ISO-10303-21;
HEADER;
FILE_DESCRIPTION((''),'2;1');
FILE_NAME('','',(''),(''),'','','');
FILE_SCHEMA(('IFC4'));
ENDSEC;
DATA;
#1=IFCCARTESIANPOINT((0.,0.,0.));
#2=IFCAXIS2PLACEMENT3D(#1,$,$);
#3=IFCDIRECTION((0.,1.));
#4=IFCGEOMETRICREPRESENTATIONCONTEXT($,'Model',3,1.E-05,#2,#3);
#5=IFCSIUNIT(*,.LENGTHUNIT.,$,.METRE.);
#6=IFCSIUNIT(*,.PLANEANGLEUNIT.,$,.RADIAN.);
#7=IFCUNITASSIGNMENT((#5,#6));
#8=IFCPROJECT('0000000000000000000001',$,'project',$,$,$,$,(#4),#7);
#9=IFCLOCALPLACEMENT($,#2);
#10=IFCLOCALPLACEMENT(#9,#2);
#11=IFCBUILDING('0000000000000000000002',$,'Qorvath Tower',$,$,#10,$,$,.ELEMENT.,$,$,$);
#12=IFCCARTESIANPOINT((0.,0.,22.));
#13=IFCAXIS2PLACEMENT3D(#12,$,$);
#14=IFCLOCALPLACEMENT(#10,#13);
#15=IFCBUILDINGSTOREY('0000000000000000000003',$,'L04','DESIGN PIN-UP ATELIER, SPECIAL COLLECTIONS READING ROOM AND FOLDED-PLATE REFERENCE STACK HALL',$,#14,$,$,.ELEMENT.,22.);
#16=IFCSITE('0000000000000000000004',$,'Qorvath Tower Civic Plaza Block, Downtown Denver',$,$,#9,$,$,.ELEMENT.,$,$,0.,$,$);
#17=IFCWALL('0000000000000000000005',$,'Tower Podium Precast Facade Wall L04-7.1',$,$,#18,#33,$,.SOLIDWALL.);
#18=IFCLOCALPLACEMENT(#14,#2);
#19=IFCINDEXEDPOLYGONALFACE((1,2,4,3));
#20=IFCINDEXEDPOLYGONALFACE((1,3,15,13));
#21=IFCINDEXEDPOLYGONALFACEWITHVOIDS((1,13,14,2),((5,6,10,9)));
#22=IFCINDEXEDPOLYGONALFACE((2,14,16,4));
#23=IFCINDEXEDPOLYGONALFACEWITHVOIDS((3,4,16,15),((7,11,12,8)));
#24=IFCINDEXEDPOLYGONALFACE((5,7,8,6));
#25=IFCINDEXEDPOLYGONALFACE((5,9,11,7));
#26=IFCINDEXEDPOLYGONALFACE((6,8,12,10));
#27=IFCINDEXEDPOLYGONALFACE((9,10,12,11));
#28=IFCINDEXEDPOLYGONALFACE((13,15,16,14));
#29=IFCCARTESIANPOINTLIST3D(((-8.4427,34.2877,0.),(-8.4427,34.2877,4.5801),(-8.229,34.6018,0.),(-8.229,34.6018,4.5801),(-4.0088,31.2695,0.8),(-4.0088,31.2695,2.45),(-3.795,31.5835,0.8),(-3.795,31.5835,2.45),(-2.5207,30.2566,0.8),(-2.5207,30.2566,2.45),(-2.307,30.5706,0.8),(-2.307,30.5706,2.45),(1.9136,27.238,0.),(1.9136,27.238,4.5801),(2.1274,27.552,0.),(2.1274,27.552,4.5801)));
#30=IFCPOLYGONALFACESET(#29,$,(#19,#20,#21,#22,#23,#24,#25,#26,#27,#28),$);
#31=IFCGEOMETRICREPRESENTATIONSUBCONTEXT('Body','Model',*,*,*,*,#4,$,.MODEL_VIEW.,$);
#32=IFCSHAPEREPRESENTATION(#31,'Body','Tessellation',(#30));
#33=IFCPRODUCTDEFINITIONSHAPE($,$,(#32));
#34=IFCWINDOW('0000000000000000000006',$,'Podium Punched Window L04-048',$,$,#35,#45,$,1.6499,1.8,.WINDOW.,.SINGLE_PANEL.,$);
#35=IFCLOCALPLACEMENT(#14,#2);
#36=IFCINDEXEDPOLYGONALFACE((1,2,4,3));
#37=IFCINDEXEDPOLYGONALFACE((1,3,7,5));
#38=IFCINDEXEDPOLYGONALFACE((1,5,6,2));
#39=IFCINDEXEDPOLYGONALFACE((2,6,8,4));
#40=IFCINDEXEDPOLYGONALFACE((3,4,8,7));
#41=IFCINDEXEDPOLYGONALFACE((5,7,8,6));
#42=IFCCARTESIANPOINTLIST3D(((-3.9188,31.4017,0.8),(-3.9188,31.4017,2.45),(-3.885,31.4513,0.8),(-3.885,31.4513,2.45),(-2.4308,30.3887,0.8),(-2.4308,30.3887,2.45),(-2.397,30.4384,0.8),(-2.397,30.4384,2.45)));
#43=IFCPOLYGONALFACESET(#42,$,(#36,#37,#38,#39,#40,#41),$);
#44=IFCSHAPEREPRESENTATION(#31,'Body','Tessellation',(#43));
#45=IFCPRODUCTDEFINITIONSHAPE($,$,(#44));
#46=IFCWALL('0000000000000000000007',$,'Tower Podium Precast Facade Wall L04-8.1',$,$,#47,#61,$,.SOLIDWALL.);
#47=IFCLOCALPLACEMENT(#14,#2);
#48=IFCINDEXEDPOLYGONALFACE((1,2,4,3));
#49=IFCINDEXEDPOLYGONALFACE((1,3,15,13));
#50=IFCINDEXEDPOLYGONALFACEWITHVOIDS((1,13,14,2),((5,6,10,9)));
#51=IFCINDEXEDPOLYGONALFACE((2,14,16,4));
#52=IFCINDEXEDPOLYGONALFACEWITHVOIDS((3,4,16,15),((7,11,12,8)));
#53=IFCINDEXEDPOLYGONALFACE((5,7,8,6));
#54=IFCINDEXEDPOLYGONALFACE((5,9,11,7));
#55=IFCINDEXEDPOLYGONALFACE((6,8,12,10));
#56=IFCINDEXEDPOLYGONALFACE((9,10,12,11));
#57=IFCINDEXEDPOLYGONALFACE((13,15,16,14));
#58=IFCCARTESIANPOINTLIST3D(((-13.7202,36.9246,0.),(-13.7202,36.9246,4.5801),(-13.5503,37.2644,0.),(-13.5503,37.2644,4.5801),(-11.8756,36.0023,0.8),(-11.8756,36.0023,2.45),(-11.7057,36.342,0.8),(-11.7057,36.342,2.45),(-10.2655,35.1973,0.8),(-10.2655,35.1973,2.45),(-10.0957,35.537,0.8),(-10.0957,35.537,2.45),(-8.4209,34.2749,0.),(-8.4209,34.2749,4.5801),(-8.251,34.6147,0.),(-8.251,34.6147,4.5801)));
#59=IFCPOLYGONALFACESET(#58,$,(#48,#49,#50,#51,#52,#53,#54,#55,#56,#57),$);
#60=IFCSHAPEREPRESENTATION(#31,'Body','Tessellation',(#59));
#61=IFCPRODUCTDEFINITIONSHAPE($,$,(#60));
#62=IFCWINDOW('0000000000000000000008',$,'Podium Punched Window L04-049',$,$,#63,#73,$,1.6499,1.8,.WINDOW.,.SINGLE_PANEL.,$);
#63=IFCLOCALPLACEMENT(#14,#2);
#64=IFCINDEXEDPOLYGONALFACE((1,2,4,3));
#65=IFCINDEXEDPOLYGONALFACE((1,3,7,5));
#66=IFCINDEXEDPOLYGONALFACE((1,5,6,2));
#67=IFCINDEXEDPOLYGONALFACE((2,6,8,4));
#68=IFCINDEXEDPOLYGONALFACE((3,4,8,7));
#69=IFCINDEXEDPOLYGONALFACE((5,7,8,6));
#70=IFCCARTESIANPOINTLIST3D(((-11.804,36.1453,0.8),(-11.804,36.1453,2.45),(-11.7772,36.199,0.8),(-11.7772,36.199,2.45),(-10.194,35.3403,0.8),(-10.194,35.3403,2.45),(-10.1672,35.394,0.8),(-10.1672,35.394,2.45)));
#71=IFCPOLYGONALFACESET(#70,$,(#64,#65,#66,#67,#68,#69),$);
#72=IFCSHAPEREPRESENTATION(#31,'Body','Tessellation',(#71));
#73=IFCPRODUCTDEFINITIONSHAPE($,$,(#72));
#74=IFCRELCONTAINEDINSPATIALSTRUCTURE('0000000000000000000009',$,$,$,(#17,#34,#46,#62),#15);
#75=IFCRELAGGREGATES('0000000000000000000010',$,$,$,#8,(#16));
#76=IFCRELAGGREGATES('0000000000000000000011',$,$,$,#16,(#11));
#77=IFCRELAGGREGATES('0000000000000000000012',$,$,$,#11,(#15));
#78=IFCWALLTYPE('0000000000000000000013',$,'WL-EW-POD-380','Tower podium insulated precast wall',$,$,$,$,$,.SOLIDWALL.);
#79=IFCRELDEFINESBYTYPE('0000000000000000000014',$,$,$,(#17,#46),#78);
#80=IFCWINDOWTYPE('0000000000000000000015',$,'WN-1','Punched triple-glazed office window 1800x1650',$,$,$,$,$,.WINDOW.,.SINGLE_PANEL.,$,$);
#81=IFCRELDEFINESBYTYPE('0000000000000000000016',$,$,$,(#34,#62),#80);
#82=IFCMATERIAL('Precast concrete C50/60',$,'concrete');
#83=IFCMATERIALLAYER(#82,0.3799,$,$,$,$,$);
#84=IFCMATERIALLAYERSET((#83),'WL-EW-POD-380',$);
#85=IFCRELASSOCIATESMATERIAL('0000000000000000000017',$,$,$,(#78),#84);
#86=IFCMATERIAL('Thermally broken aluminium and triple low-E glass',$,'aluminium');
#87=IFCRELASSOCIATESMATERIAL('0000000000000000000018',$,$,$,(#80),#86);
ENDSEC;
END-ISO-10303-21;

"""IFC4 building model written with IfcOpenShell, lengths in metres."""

from ifc_helpers import new_model, si_unit, direction, frame, frame_2d, origin, place, context, subcontext, project, spatial, rectangle, extrude, material, layer, layer_set, type_object, element, fill, save


model = new_model("IFC4")

# Units and contexts
model_context = context("Model", 3, precision=1e-05, world=origin(), true_north=direction((0.0, 1.0)))
body_context = subcontext(model_context, "Body", "Model", "MODEL_VIEW")
ifc_project = project(units=[si_unit("LENGTHUNIT", "METRE"), si_unit("PLANEANGLEUNIT", "RADIAN")], contexts=[model_context])

# Site, building, storey
site_placement = place(None, origin())
site = spatial("IfcSite", under=ifc_project, at=site_placement, Name="Qorvath Tower Civic Plaza Block, Downtown Denver", CompositionType="ELEMENT", RefElevation=0.0)
building_placement = place(site_placement, origin())
building = spatial("IfcBuilding", under=site, at=building_placement, Name="Qorvath Tower", CompositionType="ELEMENT")
storey_placement = place(building_placement, frame((0.0, 0.0, 22.0)))
storey = spatial("IfcBuildingStorey", under=building, at=storey_placement, Name="L04", Description="DESIGN PIN-UP ATELIER, SPECIAL COLLECTIONS READING ROOM AND FOLDED-PLATE REFERENCE STACK HALL", CompositionType="ELEMENT", Elevation=22.0)

# Shared definitions
ifc_material_1 = material(Name="Precast concrete C50/60", Category="concrete")
ifc_layer_1 = layer(ifc_material_1, 0.3799)
ifc_layer_set_1 = layer_set([ifc_layer_1], Name="WL-EW-POD-380")
wall_type_1 = type_object("IfcWallType", Name="WL-EW-POD-380", Description="Tower podium insulated precast wall", PredefinedType="SOLIDWALL", material=ifc_layer_set_1)
ifc_material_2 = material(Name="Thermally broken aluminium and triple low-E glass", Category="aluminium")
window_type = type_object("IfcWindowType", Name="WN-1", Description="Punched triple-glazed office window 1800x1650", PartitioningType="SINGLE_PANEL", PredefinedType="WINDOW", material=ifc_material_2)

# Walls, openings, windows
wall_1_placement = place(storey_placement, frame((-8.3359, 34.4448, 0.0), z_axis=(0.0, 0.0, 1.0), x_axis=(0.826651, -0.562715, 0.0)))
wall_1 = element("IfcWall", 1, at=wall_1_placement, inside=storey, type_object=wall_type_1, Name="Tower Podium Precast Facade Wall L04-7.1", PredefinedType="SOLIDWALL", context=body_context, shape_type="SweptSolid", body=[
    extrude(rectangle(XDim=12.5281, YDim=0.3799, at=frame_2d((6.2642, 0.0))), origin(), (0.0, 0.0, 1.0), 4.5801),
])
opening_1_placement = place(wall_1_placement, frame((5.364, 0.0, 0.8)))
opening_1 = element("IfcOpeningElement", 2, at=opening_1_placement, cuts=wall_1, PredefinedType="OPENING", context=body_context, shape_type="SweptSolid", body=[
    extrude(rectangle(XDim=1.8, YDim=1.6499, at=frame_2d((0.8999, 0.825))), frame((0.0, 0.2, 0.0), z_axis=(0.0, -1.0, 0.0), x_axis=(1.0, 0.0, 0.0)), (0.0, 0.0, 1.0), 0.3999),
])
window_1_placement = place(opening_1_placement, origin())
window_1 = element("IfcWindow", 3, at=window_1_placement, inside=storey, type_object=window_type, Name="Podium Punched Window L04-048", OverallHeight=1.6499, OverallWidth=1.8, PartitioningType="SINGLE_PANEL", PredefinedType="WINDOW", context=body_context, shape_type="SweptSolid", body=[
    extrude(rectangle(XDim=1.8, YDim=1.6499, at=frame_2d((0.8999, 0.825))), frame((0.0, 0.03, 0.0), z_axis=(0.0, -1.0, 0.0), x_axis=(1.0, 0.0, 0.0)), (0.0, 0.0, 1.0), 0.0601),
])
fill(opening_1, window_1)
wall_2_placement = place(storey_placement, frame((-13.6353, 37.0945, 0.0), z_axis=(0.0, 0.0, 1.0), x_axis=(0.894427, -0.447214, 0.0)))
wall_2 = element("IfcWall", 4, at=wall_2_placement, inside=storey, type_object=wall_type_1, Name="Tower Podium Precast Facade Wall L04-8.1", PredefinedType="SOLIDWALL", context=body_context, shape_type="SweptSolid", body=[
    extrude(rectangle(XDim=5.9248, YDim=0.3799, at=frame_2d((2.9624, 0.0))), origin(), (0.0, 0.0, 1.0), 4.5801),
])
opening_2_placement = place(wall_2_placement, frame((2.0625, 0.0, 0.8)))
opening_2 = element("IfcOpeningElement", 5, at=opening_2_placement, cuts=wall_2, PredefinedType="OPENING", context=body_context, shape_type="SweptSolid", body=[
    extrude(rectangle(XDim=1.8, YDim=1.6499, at=frame_2d((0.8999, 0.825))), frame((0.0, 0.2, 0.0), z_axis=(0.0, -1.0, 0.0), x_axis=(1.0, 0.0, 0.0)), (0.0, 0.0, 1.0), 0.3999),
])
window_2_placement = place(opening_2_placement, origin())
window_2 = element("IfcWindow", 6, at=window_2_placement, inside=storey, type_object=window_type, Name="Podium Punched Window L04-049", OverallHeight=1.6499, OverallWidth=1.8, PartitioningType="SINGLE_PANEL", PredefinedType="WINDOW", context=body_context, shape_type="SweptSolid", body=[
    extrude(rectangle(XDim=1.8, YDim=1.6499, at=frame_2d((0.8999, 0.825))), frame((0.0, 0.03, 0.0), z_axis=(0.0, -1.0, 0.0), x_axis=(1.0, 0.0, 0.0)), (0.0, 0.0, 1.0), 0.0601),
])
fill(opening_2, window_2)

save(model, "model.ifc")
